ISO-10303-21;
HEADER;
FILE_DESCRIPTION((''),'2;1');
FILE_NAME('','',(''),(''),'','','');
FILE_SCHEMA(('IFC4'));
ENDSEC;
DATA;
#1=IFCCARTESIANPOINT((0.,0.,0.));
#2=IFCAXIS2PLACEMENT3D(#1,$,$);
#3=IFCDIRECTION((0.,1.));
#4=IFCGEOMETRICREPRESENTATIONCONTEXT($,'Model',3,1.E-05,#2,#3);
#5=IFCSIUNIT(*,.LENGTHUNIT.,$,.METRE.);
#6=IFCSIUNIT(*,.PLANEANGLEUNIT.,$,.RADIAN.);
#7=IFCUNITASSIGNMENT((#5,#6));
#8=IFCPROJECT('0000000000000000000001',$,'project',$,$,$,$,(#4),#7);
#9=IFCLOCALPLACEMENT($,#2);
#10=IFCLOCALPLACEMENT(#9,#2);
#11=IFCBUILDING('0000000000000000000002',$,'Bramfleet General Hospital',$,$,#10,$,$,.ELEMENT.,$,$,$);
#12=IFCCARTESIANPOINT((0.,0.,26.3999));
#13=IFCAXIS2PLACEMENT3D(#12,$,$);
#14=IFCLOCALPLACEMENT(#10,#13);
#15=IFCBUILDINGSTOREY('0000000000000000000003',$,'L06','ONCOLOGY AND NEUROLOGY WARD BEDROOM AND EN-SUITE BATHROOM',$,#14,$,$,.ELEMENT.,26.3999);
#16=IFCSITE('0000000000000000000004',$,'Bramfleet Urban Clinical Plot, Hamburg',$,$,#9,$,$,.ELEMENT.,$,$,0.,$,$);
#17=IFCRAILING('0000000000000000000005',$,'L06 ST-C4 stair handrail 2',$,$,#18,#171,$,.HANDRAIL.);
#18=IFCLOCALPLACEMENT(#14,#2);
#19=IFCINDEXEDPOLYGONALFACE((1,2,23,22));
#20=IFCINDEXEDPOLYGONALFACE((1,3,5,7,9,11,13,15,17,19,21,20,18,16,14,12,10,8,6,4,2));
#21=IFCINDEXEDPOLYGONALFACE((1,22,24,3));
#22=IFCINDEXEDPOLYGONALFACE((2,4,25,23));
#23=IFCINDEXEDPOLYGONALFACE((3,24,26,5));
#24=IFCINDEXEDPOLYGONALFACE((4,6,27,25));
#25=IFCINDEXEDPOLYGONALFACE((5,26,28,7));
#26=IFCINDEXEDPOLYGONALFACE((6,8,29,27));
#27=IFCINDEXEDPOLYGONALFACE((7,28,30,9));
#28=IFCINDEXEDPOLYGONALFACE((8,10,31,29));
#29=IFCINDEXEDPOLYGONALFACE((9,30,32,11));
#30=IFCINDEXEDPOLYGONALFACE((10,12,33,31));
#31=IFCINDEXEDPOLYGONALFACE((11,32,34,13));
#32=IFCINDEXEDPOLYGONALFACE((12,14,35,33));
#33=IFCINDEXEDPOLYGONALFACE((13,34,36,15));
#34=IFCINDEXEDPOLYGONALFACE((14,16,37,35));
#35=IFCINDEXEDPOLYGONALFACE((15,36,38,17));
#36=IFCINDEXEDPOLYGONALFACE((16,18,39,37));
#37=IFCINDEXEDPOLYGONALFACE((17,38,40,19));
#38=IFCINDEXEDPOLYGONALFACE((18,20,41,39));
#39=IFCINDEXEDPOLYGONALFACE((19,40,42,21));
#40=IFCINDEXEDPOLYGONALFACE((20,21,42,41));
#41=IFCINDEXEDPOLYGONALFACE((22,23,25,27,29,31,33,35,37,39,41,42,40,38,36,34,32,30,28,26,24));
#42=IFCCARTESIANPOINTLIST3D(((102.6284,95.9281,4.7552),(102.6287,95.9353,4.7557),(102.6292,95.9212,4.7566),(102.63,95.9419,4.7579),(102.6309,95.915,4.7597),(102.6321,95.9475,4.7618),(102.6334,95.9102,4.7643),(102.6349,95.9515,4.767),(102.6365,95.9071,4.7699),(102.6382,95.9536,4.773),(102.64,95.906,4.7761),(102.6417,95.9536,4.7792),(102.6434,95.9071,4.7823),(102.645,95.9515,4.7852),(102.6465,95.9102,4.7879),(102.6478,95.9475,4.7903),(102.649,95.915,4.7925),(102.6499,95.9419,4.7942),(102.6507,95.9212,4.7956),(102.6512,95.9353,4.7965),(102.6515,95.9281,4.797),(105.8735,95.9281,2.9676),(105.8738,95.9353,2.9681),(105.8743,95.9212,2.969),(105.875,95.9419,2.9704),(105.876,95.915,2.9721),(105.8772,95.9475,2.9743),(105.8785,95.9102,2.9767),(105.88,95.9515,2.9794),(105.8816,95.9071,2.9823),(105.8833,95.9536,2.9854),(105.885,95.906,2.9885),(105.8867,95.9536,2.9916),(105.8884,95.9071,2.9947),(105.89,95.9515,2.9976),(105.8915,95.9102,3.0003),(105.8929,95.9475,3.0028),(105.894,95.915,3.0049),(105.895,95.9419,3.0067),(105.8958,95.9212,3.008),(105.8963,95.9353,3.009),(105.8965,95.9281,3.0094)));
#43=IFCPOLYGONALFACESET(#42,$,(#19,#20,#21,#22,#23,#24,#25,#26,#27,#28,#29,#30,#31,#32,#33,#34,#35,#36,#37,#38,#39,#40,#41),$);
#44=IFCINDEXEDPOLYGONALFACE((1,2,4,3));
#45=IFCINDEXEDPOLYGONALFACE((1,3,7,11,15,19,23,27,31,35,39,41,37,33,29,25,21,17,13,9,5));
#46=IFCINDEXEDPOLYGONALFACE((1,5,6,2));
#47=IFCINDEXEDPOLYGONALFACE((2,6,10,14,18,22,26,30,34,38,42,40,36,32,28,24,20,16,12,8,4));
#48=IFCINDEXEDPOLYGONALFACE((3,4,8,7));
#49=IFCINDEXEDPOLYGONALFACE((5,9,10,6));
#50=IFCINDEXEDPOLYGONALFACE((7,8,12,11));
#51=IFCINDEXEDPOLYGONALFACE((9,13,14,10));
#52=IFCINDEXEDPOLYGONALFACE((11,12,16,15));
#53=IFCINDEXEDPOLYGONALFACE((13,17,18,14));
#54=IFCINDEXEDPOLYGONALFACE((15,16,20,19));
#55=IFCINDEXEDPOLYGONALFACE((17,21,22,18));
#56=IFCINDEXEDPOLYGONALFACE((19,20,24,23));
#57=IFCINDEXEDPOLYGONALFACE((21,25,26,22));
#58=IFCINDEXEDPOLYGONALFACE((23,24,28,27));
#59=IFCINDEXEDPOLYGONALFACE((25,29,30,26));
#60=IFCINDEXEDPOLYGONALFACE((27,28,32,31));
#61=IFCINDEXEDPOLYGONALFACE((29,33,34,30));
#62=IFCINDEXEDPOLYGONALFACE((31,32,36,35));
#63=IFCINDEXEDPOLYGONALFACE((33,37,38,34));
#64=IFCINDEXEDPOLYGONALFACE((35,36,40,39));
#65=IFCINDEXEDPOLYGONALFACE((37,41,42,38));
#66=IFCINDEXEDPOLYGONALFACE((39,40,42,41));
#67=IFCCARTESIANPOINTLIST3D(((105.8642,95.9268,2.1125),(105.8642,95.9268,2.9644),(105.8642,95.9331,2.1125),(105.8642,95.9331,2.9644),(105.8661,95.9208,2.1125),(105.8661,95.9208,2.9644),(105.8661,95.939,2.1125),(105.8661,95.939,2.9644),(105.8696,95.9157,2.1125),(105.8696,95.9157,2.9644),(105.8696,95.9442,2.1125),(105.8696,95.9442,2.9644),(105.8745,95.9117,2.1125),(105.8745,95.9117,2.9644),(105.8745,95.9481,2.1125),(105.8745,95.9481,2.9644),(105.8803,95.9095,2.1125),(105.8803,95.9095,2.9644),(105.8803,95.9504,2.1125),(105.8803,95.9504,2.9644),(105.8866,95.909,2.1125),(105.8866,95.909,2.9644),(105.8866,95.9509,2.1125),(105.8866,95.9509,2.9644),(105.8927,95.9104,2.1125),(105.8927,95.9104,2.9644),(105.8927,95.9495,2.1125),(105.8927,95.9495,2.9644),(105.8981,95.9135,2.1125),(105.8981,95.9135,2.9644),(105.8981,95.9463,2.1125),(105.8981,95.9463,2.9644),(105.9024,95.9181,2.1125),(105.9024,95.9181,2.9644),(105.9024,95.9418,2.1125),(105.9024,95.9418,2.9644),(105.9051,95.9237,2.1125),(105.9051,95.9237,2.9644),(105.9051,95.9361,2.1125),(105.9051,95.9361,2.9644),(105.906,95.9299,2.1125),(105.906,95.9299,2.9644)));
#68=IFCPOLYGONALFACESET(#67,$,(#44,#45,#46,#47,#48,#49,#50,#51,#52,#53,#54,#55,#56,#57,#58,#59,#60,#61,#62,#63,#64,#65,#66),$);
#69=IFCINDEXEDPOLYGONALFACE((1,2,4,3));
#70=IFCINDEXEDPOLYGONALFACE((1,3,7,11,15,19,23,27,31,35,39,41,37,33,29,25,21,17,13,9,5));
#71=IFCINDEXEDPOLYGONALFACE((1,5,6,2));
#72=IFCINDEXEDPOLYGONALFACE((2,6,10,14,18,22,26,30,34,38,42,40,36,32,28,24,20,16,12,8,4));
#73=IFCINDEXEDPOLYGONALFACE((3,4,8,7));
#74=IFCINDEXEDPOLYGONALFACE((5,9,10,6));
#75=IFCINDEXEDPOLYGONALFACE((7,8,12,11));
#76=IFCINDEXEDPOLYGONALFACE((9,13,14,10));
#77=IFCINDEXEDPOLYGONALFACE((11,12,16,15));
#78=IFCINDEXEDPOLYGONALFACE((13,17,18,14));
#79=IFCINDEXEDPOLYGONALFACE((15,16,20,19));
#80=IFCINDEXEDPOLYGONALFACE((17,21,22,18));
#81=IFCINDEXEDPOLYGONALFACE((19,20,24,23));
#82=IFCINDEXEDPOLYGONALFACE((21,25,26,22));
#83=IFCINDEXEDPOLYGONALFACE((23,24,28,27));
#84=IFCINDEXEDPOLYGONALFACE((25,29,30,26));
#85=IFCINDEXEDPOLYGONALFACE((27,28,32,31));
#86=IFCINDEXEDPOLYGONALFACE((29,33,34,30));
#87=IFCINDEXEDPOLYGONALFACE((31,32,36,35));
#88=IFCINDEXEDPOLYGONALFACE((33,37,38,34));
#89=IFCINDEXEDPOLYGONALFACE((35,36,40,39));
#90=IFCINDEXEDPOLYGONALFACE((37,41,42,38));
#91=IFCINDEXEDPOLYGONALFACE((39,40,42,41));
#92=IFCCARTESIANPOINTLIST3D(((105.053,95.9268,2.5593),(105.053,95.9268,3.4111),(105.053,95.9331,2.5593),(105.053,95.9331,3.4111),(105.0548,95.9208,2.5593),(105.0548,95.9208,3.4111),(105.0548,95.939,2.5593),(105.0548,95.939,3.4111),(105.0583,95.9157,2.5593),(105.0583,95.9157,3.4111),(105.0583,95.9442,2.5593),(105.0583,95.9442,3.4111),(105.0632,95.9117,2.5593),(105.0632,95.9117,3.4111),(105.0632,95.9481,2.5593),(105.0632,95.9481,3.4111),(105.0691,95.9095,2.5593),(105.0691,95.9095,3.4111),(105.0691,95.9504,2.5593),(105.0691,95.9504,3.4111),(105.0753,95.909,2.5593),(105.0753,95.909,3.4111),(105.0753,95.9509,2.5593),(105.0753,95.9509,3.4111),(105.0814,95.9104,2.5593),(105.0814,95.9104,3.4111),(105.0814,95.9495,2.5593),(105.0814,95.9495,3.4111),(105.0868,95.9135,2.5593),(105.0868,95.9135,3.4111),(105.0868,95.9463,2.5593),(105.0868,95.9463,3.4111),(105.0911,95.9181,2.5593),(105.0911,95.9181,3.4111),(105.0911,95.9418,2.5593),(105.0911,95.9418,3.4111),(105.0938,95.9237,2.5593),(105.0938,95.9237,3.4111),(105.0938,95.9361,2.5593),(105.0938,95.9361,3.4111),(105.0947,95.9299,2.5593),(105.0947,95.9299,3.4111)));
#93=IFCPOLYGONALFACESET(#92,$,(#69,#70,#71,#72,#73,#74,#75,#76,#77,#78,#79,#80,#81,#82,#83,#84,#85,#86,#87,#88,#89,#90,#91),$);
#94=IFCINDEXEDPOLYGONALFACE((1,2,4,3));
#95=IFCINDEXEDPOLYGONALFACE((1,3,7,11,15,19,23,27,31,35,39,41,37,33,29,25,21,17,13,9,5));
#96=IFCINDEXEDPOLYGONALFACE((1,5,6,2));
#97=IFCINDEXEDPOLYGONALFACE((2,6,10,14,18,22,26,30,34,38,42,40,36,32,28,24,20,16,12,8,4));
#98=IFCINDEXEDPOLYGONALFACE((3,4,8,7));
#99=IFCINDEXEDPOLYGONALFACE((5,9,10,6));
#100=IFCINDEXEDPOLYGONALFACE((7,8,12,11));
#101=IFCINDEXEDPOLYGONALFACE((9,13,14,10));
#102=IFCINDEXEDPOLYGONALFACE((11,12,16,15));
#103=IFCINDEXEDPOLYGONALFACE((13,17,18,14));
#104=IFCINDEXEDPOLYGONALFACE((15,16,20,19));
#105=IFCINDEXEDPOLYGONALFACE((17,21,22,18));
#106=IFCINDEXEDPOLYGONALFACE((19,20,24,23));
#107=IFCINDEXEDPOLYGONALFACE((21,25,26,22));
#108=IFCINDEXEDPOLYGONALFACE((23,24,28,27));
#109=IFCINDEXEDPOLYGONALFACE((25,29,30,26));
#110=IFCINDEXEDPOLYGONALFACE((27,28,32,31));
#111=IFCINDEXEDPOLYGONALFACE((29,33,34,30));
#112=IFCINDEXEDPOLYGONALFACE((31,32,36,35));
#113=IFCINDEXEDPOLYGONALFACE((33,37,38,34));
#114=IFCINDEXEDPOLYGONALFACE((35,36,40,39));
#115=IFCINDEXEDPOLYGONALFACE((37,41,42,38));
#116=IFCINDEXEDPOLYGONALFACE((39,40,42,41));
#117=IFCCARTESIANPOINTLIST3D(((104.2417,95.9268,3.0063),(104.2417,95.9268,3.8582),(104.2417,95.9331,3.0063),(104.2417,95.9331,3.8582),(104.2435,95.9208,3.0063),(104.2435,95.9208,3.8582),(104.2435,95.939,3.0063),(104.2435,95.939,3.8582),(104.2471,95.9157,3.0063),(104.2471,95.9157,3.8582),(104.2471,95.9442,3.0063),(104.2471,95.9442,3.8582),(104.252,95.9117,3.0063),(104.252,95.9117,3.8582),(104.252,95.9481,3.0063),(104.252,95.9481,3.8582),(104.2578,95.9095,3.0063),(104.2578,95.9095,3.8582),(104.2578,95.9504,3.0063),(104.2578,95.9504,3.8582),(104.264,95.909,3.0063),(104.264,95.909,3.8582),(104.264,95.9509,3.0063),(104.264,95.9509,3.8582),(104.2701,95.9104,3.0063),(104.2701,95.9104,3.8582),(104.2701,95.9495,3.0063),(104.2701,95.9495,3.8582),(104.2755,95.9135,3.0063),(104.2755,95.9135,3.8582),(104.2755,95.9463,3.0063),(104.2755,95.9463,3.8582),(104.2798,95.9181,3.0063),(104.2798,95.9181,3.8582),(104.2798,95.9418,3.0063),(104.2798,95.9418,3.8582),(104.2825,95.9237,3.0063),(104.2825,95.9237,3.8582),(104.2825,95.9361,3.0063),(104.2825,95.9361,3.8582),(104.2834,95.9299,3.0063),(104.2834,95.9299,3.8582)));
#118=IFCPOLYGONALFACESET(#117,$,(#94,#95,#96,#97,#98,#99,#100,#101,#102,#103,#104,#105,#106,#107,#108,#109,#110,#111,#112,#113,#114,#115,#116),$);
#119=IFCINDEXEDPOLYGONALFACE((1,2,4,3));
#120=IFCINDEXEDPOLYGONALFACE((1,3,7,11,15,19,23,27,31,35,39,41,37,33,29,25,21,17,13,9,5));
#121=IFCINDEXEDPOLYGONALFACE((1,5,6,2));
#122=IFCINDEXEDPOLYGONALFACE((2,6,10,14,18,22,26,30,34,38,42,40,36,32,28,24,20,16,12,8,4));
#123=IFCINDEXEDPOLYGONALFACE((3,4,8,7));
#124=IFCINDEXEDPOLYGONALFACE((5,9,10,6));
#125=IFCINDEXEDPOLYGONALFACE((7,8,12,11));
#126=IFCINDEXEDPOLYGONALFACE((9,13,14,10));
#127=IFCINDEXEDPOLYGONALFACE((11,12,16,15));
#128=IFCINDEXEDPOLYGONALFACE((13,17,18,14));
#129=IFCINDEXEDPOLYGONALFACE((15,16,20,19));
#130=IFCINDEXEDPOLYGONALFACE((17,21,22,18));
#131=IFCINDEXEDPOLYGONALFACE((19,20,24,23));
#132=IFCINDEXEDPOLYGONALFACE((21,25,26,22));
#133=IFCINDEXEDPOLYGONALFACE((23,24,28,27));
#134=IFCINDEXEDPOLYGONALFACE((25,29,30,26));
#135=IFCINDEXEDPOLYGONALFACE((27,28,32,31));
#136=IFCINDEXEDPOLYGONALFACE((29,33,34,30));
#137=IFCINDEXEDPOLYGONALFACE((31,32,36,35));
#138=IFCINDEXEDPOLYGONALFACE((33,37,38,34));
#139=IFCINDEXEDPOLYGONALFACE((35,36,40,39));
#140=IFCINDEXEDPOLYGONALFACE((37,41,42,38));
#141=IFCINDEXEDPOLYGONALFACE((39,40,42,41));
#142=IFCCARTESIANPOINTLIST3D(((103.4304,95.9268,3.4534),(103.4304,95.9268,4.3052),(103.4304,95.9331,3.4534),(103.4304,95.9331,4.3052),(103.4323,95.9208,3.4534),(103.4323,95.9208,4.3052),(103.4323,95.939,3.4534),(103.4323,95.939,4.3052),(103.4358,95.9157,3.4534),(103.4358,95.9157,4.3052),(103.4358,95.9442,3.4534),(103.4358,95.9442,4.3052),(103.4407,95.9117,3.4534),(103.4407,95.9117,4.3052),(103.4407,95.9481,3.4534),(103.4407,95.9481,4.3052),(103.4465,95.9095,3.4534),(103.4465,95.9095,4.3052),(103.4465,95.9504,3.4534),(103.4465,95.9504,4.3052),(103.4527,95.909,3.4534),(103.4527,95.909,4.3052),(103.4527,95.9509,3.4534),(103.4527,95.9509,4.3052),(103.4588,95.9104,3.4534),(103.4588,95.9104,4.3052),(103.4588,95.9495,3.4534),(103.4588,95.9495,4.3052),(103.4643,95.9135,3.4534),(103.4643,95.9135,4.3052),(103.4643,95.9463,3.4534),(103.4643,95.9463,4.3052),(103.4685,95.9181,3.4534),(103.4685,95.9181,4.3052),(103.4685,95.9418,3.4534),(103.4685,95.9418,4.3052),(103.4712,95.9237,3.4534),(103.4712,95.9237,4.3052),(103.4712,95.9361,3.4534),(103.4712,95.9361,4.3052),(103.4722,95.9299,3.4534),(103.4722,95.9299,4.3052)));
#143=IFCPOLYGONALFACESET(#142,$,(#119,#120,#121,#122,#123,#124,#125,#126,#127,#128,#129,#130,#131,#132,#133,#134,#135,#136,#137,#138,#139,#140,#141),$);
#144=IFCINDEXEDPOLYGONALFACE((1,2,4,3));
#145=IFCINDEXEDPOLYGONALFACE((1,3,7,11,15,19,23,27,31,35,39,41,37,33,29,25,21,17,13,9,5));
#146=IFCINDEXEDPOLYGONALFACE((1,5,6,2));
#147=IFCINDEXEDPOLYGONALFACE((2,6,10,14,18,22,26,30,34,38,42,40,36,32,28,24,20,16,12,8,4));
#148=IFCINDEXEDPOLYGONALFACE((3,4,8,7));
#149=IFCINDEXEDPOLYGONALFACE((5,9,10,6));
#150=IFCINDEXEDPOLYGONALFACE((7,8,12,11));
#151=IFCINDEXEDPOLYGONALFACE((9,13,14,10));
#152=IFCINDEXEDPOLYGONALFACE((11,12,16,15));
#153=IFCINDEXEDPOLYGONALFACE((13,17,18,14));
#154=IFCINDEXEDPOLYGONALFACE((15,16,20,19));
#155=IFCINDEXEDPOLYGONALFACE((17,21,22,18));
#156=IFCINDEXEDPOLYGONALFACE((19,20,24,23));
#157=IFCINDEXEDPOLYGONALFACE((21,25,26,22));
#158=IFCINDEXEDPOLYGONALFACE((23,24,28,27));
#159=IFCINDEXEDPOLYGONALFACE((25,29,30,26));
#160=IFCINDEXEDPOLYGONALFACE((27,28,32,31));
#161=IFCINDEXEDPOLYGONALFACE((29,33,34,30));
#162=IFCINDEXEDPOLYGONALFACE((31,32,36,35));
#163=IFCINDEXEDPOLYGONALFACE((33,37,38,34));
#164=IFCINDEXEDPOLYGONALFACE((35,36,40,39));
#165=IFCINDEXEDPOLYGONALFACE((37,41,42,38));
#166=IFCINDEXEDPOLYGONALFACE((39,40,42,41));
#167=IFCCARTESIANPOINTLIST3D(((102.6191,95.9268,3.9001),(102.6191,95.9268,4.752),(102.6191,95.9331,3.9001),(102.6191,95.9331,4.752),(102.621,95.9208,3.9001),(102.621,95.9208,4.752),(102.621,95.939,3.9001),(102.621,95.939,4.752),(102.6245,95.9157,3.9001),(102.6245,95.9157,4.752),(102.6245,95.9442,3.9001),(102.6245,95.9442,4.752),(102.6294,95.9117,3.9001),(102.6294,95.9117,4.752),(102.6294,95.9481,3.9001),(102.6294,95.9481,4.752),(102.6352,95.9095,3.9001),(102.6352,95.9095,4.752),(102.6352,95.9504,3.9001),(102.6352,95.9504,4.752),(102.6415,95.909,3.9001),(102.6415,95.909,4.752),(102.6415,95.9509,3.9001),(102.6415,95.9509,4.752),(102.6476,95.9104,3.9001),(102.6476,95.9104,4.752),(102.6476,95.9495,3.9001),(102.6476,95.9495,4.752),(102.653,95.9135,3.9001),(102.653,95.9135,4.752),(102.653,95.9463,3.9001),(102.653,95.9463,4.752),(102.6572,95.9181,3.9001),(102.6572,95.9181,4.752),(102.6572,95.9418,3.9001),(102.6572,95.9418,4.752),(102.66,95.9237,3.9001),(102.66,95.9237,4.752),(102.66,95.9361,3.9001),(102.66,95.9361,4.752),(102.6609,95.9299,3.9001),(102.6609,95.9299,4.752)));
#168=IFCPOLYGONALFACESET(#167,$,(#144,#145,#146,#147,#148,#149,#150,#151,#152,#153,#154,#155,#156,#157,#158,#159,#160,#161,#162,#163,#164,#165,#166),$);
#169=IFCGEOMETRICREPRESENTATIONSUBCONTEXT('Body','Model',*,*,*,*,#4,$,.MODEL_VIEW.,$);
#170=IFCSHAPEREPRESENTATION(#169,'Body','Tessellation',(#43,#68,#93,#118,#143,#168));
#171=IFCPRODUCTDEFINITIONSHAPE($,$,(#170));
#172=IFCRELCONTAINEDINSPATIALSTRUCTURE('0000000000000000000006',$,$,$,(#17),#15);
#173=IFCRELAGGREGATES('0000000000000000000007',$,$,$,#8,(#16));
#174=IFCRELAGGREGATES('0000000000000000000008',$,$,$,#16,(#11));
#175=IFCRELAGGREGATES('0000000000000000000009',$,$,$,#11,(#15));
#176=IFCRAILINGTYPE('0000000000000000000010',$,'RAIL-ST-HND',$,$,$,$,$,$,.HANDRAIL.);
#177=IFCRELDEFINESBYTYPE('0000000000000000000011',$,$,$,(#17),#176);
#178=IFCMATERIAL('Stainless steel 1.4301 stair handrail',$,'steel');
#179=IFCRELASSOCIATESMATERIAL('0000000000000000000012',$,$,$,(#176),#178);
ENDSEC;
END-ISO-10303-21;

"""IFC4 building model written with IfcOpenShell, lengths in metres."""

from ifc_helpers import new_model, si_unit, direction, frame, origin, origin_2d, place, context, subcontext, project, spatial, circle, extrude, material, type_object, element, save


model = new_model("IFC4")

# Units and contexts
model_context = context("Model", 3, precision=1e-05, world=origin(), true_north=direction((0.0, 1.0)))
body_context = subcontext(model_context, "Body", "Model", "MODEL_VIEW")
ifc_project = project(units=[si_unit("LENGTHUNIT", "METRE"), si_unit("PLANEANGLEUNIT", "RADIAN")], contexts=[model_context])

# Site, building, storey
site_placement = place(None, origin())
site = spatial("IfcSite", under=ifc_project, at=site_placement, Name="Bramfleet Urban Clinical Plot, Hamburg", CompositionType="ELEMENT", RefElevation=0.0)
building_placement = place(site_placement, origin())
building = spatial("IfcBuilding", under=site, at=building_placement, Name="Bramfleet General Hospital", CompositionType="ELEMENT")
storey_placement = place(building_placement, frame((0.0, 0.0, 26.3999)))
storey = spatial("IfcBuildingStorey", under=building, at=storey_placement, Name="L06", Description="ONCOLOGY AND NEUROLOGY WARD BEDROOM AND EN-SUITE BATHROOM", CompositionType="ELEMENT", Elevation=26.3999)

# Railing
ifc_material_1 = material(Name="Stainless steel 1.4301 stair handrail", Category="steel")
railing_type_1 = type_object("IfcRailingType", Name="RAIL-ST-HND", PredefinedType="HANDRAIL", material=ifc_material_1)
railing_1_placement = place(storey_placement, frame((105.885, 95.9299, 2.1125)))
element("IfcRailing", 1, at=railing_1_placement, inside=storey, type_object=railing_type_1, Name="L06 ST-C4 stair handrail 2", PredefinedType="HANDRAIL", context=body_context, shape_type="SweptSolid", body=[
    extrude(circle(Radius=0.0239, at=origin_2d()), frame((0.0, 0.0, 0.876), z_axis=(-0.875899, 0.0, 0.482495), x_axis=(0.0, -1.0, 0.0)), (0.0, 0.0, 1.0), 3.7048),
    extrude(circle(Radius=0.021, at=origin_2d()), origin(), (0.0, 0.0, 1.0), 0.8518),
    extrude(circle(Radius=0.021, at=origin_2d()), frame((-0.8113, 0.0, 0.4468)), (0.0, 0.0, 1.0), 0.8518),
    extrude(circle(Radius=0.021, at=origin_2d()), frame((-1.6226, 0.0, 0.8938)), (0.0, 0.0, 1.0), 0.8518),
    extrude(circle(Radius=0.021, at=origin_2d()), frame((-2.4338, 0.0, 1.3408)), (0.0, 0.0, 1.0), 0.8518),
    extrude(circle(Radius=0.021, at=origin_2d()), frame((-3.2451, 0.0, 1.7876)), (0.0, 0.0, 1.0), 0.8518),
])

save(model, "model.ifc")
